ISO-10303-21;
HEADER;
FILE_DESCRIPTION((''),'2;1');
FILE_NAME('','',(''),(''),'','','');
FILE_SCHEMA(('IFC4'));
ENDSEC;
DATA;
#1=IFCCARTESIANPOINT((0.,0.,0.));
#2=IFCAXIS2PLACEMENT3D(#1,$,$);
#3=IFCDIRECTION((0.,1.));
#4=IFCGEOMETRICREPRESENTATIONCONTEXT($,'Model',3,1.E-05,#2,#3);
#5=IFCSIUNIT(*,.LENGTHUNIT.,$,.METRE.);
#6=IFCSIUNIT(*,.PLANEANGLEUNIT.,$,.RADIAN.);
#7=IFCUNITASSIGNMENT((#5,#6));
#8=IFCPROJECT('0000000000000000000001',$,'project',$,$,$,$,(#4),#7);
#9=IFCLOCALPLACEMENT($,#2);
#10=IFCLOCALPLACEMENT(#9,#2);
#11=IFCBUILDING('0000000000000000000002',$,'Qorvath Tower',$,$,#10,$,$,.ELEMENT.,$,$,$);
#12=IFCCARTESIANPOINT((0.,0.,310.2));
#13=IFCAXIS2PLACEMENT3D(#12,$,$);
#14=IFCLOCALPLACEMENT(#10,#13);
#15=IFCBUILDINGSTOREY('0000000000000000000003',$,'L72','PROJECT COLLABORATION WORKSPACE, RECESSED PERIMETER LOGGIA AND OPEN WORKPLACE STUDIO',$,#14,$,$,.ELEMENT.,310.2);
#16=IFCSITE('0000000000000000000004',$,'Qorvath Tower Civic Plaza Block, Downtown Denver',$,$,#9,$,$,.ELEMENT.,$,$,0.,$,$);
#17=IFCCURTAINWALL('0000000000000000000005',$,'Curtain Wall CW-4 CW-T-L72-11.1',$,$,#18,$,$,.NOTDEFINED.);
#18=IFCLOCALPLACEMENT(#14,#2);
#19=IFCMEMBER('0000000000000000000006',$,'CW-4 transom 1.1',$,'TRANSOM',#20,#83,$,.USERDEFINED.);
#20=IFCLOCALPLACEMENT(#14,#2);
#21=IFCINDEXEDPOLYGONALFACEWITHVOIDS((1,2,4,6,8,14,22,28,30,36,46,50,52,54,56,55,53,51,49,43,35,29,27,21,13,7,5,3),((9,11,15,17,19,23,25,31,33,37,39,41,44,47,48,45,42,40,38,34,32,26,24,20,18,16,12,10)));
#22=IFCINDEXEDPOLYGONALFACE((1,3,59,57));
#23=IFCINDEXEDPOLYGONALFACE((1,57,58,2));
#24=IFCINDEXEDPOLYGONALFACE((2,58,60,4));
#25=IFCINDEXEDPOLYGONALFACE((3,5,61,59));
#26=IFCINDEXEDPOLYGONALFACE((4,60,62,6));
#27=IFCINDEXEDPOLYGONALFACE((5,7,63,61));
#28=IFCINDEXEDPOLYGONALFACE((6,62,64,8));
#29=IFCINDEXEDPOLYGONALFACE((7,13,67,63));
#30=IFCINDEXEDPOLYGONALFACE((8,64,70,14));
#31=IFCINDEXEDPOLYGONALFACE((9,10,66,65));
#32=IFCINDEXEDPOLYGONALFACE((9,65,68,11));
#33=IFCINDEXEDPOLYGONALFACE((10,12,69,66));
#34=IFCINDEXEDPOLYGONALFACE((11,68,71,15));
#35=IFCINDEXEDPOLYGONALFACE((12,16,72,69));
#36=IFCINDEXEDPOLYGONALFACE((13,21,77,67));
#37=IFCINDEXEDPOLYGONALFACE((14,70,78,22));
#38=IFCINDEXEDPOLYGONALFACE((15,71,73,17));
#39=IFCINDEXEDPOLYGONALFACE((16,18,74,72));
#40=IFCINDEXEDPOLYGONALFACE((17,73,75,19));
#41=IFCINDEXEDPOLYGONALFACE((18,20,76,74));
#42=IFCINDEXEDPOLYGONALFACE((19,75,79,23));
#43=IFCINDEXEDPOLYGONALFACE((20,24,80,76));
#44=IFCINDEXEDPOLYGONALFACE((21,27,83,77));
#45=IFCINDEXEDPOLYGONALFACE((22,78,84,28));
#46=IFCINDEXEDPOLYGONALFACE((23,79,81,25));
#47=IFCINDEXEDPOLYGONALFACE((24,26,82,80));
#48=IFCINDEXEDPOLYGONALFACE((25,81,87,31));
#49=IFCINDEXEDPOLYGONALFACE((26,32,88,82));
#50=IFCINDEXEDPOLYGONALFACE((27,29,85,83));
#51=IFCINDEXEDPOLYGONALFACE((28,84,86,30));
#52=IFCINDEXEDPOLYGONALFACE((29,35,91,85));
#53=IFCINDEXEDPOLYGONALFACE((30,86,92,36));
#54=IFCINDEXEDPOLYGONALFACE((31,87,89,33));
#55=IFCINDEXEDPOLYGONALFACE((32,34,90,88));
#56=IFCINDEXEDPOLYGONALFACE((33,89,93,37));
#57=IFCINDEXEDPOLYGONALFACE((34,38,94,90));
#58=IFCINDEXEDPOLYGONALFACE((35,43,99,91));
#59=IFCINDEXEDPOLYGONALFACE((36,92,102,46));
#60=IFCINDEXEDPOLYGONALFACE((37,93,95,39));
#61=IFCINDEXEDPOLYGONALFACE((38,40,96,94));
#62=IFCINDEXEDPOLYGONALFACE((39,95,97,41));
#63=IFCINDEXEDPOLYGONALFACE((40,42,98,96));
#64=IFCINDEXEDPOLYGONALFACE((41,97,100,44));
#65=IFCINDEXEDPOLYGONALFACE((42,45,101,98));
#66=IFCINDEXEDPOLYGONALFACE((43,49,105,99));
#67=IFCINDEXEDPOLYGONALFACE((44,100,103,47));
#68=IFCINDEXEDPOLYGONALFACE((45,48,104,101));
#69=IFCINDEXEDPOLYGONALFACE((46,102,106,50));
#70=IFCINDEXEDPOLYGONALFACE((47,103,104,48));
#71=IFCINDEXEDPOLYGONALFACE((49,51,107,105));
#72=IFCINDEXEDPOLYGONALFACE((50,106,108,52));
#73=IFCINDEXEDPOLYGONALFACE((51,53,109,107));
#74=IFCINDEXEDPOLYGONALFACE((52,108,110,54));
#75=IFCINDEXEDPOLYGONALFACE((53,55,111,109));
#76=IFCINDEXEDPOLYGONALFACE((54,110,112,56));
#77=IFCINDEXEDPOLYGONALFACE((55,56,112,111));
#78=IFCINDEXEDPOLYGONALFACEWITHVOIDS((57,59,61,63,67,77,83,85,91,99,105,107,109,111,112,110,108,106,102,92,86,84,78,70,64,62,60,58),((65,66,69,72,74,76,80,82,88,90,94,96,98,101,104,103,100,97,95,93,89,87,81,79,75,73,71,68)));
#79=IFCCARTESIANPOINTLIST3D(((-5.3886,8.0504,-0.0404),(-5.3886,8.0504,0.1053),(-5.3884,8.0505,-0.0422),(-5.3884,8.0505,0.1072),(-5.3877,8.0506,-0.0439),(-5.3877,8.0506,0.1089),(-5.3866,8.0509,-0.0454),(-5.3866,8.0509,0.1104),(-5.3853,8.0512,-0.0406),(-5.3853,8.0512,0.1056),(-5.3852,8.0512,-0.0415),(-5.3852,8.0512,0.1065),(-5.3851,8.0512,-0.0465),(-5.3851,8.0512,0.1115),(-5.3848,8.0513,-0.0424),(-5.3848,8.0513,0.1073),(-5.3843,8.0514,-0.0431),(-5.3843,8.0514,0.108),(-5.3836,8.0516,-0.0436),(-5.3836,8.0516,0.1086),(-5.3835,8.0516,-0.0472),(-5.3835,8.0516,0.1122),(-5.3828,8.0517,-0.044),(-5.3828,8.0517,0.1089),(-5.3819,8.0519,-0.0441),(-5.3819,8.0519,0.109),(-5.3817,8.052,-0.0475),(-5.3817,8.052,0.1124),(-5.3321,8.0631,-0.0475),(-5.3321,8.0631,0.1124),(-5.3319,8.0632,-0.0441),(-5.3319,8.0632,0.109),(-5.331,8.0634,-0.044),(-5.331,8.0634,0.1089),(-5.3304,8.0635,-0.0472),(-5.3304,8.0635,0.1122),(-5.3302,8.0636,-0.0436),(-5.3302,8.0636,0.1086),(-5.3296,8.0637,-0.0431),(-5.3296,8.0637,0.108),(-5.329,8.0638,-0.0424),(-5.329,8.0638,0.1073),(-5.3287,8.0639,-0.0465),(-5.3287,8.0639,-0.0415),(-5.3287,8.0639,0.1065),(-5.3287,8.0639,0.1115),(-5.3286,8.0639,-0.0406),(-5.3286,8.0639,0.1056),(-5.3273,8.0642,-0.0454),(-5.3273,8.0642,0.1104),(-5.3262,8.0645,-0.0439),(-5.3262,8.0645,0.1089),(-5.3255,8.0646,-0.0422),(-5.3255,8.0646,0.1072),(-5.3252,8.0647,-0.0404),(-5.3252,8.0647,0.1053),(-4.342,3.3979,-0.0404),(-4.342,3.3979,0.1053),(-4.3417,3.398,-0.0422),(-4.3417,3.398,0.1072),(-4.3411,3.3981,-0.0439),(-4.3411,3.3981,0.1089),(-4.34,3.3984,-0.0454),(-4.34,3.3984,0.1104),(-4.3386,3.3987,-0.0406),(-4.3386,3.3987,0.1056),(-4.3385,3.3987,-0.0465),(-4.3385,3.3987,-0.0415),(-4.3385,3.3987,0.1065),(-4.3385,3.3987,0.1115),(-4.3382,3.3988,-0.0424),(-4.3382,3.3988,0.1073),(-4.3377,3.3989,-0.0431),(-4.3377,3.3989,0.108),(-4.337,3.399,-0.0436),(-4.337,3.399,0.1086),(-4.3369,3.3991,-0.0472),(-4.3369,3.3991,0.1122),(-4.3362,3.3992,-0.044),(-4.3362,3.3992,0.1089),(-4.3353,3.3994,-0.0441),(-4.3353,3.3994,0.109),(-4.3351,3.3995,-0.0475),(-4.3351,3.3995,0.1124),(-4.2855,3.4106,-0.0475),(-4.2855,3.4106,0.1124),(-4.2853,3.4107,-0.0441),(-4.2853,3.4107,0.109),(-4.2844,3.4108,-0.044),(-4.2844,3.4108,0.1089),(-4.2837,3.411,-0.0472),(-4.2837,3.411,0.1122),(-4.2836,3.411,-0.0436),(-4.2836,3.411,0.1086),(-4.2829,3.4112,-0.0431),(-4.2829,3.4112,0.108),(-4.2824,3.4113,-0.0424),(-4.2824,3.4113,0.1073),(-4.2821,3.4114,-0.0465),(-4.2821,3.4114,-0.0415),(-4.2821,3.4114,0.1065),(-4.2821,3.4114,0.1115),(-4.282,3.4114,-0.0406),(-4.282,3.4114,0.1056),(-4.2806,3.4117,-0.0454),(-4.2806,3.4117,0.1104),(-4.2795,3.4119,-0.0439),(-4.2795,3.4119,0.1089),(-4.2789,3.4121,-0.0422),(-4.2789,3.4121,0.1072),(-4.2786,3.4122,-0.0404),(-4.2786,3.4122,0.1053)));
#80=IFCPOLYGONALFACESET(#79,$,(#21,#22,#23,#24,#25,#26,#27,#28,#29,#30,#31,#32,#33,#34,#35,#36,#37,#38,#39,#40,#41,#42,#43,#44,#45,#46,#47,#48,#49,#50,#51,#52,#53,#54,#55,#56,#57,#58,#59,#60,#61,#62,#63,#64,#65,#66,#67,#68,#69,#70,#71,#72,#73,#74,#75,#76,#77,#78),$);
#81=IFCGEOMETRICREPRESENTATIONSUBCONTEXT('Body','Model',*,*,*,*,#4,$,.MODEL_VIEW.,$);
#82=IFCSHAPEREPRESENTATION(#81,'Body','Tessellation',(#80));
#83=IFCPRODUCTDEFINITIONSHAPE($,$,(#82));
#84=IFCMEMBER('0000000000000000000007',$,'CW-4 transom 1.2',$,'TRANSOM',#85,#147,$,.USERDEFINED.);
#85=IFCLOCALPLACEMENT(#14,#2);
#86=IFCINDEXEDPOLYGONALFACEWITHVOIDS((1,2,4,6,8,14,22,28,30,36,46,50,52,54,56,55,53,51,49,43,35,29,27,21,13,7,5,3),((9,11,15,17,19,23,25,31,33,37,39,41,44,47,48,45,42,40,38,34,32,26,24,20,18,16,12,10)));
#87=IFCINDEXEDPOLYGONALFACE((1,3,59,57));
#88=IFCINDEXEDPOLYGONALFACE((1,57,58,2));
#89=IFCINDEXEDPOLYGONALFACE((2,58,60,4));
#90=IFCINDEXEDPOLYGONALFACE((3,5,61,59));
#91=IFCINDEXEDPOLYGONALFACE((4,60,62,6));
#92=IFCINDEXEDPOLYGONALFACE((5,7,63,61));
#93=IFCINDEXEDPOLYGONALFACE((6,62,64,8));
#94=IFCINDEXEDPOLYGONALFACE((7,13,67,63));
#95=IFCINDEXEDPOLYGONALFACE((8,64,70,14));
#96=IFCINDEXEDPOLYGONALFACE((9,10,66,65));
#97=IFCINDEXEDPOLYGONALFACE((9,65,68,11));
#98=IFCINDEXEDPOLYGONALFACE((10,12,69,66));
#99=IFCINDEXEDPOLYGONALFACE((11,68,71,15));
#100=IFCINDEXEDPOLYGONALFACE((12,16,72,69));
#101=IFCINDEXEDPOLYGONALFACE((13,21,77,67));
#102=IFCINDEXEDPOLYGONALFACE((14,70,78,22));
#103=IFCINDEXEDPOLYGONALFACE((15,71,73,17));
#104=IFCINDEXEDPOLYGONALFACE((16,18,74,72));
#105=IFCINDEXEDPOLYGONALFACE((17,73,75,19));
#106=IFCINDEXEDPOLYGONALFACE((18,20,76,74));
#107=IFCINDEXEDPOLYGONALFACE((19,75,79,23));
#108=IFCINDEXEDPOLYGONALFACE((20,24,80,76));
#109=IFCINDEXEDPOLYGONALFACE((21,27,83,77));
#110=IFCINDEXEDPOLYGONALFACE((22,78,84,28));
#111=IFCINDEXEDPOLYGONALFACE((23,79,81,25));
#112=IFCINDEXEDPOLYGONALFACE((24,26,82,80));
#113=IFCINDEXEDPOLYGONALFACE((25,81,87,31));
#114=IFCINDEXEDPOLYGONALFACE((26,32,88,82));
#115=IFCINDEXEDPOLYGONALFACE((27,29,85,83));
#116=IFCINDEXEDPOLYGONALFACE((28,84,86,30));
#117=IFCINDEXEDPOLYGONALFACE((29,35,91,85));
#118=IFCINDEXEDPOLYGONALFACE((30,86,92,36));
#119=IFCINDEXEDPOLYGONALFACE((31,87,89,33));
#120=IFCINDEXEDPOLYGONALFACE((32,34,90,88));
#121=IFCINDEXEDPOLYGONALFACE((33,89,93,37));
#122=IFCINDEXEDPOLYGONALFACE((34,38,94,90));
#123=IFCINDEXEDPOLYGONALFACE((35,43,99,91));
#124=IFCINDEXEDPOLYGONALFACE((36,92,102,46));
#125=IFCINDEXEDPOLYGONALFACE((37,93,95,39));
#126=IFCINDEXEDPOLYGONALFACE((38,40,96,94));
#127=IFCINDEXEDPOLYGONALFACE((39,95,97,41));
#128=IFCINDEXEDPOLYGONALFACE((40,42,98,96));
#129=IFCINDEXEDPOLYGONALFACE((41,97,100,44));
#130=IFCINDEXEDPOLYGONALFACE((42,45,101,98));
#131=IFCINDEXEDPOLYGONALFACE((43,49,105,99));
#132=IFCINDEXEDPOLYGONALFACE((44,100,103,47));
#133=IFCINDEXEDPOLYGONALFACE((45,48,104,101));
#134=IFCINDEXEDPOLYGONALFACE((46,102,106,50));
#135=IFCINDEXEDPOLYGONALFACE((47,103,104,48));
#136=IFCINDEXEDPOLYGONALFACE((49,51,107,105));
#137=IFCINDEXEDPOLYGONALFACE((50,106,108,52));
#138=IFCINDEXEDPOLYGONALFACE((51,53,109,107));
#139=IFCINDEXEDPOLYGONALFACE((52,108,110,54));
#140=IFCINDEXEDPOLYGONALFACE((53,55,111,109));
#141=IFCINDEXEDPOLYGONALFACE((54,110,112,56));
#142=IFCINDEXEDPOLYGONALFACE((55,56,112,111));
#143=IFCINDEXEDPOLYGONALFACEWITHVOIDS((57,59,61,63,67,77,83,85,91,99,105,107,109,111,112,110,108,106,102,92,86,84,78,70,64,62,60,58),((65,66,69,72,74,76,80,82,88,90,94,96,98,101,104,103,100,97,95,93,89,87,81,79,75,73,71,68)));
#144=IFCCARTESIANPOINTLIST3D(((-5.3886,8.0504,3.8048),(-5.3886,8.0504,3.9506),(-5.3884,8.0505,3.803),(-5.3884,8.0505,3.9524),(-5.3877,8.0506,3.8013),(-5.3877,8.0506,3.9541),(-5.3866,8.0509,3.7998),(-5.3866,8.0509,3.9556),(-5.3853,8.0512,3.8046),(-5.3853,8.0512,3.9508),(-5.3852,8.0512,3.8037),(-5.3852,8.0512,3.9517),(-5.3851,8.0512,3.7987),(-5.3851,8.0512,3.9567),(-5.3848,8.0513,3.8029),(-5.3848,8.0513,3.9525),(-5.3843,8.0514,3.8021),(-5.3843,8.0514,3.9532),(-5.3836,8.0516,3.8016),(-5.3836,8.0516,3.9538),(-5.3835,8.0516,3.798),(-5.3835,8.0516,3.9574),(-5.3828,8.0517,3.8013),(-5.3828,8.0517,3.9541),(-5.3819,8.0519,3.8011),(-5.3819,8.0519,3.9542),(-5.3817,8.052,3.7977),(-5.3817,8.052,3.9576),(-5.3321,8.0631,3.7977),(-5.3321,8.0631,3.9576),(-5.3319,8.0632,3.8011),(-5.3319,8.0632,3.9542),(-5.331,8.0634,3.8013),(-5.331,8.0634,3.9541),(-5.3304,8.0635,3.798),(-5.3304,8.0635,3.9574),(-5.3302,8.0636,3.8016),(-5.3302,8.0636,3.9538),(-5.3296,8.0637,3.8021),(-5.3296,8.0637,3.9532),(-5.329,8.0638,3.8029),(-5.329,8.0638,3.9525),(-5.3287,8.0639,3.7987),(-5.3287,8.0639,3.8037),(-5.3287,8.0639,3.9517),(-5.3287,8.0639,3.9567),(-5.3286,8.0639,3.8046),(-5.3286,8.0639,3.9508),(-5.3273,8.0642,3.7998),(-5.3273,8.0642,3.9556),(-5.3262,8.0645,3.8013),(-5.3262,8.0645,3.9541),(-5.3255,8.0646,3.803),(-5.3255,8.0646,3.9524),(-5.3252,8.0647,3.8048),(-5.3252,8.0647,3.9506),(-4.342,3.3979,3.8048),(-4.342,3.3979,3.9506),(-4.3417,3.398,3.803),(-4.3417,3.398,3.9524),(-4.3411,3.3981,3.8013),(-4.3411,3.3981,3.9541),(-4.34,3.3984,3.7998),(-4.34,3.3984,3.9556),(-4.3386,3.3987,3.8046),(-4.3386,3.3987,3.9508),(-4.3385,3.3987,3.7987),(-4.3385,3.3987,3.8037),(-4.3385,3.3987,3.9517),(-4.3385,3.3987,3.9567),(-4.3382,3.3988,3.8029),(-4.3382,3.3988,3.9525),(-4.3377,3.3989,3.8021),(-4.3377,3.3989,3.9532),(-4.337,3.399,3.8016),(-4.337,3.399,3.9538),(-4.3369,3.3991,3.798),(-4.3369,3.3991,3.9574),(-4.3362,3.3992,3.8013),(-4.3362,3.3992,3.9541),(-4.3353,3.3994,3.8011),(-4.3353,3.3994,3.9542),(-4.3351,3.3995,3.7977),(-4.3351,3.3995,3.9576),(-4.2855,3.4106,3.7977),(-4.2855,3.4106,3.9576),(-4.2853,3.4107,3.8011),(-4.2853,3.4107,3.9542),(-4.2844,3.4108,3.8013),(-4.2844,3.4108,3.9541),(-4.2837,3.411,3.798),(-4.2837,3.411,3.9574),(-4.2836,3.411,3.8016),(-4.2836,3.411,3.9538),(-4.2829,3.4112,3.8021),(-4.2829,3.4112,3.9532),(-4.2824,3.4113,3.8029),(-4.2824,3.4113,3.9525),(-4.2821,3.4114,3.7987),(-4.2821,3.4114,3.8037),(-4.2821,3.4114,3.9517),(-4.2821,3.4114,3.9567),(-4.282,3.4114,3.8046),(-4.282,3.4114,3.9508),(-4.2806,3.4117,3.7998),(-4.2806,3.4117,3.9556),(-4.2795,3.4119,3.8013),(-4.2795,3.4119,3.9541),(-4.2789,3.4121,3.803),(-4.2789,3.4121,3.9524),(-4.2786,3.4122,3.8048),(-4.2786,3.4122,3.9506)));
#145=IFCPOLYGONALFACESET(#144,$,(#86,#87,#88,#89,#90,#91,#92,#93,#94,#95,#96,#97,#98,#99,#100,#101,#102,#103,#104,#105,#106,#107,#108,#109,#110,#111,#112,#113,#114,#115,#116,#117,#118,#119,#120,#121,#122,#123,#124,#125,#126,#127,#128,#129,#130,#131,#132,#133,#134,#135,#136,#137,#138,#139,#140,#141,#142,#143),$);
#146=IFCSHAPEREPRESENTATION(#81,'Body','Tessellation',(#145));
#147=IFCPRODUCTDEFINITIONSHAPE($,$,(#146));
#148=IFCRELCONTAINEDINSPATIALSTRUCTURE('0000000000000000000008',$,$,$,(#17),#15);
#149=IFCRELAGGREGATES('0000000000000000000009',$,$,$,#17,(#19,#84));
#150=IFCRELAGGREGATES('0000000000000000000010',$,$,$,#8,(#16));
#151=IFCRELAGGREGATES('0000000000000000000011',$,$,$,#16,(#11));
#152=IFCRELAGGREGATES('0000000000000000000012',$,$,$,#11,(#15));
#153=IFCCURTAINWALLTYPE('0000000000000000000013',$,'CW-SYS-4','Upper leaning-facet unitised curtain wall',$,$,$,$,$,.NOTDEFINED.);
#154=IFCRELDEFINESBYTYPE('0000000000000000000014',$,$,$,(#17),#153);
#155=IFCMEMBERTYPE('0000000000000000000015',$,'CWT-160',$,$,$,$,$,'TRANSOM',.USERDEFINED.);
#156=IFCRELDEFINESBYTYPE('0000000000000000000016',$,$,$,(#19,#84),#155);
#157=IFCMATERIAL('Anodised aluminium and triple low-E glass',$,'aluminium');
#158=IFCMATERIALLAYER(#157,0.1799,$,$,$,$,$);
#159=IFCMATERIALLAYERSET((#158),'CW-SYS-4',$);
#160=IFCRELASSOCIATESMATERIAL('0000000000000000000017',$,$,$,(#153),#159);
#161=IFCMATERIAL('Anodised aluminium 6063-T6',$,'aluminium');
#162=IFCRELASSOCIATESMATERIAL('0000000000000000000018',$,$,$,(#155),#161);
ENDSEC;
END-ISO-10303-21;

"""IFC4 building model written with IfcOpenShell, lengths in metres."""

from ifc_helpers import new_model, si_unit, direction, frame, origin, origin_2d, place, context, subcontext, project, spatial, hollow_rectangle, extrude, material, layer, layer_set, material_profile, profile_set, type_object, element, aggregate, save


model = new_model("IFC4")

# Units and contexts
model_context = context("Model", 3, precision=1e-05, world=origin(), true_north=direction((0.0, 1.0)))
body_context = subcontext(model_context, "Body", "Model", "MODEL_VIEW")
ifc_project = project(units=[si_unit("LENGTHUNIT", "METRE"), si_unit("PLANEANGLEUNIT", "RADIAN")], contexts=[model_context])

# Site, building, storey
site_placement = place(None, origin())
site = spatial("IfcSite", under=ifc_project, at=site_placement, Name="Qorvath Tower Civic Plaza Block, Downtown Denver", CompositionType="ELEMENT", RefElevation=0.0)
building_placement = place(site_placement, origin())
building = spatial("IfcBuilding", under=site, at=building_placement, Name="Qorvath Tower", CompositionType="ELEMENT")
storey_placement = place(building_placement, frame((0.0, 0.0, 310.2)))
storey = spatial("IfcBuildingStorey", under=building, at=storey_placement, Name="L72", Description="PROJECT COLLABORATION WORKSPACE, RECESSED PERIMETER LOGGIA AND OPEN WORKPLACE STUDIO", CompositionType="ELEMENT", Elevation=310.2)

# Curtain wall
ifc_material_1 = material(Name="Anodised aluminium and triple low-E glass", Category="aluminium")
ifc_layer_1 = layer(ifc_material_1, 0.1799)
ifc_layer_set_1 = layer_set([ifc_layer_1], Name="CW-SYS-4")
curtain_wall_type = type_object("IfcCurtainWallType", Name="CW-SYS-4", Description="Upper leaning-facet unitised curtain wall", PredefinedType="NOTDEFINED", material=ifc_layer_set_1)
curtain_wall_1_placement = place(storey_placement, origin())
curtain_wall_1 = element("IfcCurtainWall", 1, at=curtain_wall_1_placement, inside=storey, type_object=curtain_wall_type, Name="Curtain Wall CW-4 CW-T-L72-11.1", PredefinedType="NOTDEFINED")

# Members
ifc_material_2 = material(Name="Anodised aluminium 6063-T6", Category="aluminium")
ifc_material_profile_1 = material_profile(ifc_material_2, hollow_rectangle(XDim=0.0649, YDim=0.1599, WallThickness=0.0034, InnerFilletRadius=0.0034, OuterFilletRadius=0.0071, at=origin_2d()), Name="CWT 160x65")
ifc_profile_set_1 = profile_set([ifc_material_profile_1], Name="Anodised aluminium 6063-T6")
member_type_1 = type_object("IfcMemberType", Name="CWT-160", ElementType="TRANSOM", PredefinedType="USERDEFINED", material=ifc_profile_set_1)
member_1_placement = place(storey_placement, frame((-4.3103, 3.405, 0.0325), z_axis=(-0.219472, 0.975619, 0.0), x_axis=(-0.975619, -0.219472, 0.0)))
member_1 = element("IfcMember", 2, at=member_1_placement, type_object=member_type_1, Name="CW-4 transom 1.1", ObjectType="TRANSOM", PredefinedType="USERDEFINED", context=body_context, shape_type="SweptSolid", body=[
    extrude(hollow_rectangle(XDim=0.0649, YDim=0.1599, WallThickness=0.0034, InnerFilletRadius=0.0034, OuterFilletRadius=0.0071, at=origin_2d()), origin(), (0.0, 0.0, 1.0), 4.7688),
])
member_2_placement = place(storey_placement, frame((-4.3103, 3.405, 3.8777), z_axis=(-0.219472, 0.975619, 0.0), x_axis=(-0.975619, -0.219472, 0.0)))
member_2 = element("IfcMember", 3, at=member_2_placement, type_object=member_type_1, Name="CW-4 transom 1.2", ObjectType="TRANSOM", PredefinedType="USERDEFINED", context=body_context, shape_type="SweptSolid", body=[
    extrude(hollow_rectangle(XDim=0.0649, YDim=0.1599, WallThickness=0.0034, InnerFilletRadius=0.0034, OuterFilletRadius=0.0071, at=origin_2d()), origin(), (0.0, 0.0, 1.0), 4.7688),
])

aggregate(curtain_wall_1, [member_1, member_2])

save(model, "model.ifc")
